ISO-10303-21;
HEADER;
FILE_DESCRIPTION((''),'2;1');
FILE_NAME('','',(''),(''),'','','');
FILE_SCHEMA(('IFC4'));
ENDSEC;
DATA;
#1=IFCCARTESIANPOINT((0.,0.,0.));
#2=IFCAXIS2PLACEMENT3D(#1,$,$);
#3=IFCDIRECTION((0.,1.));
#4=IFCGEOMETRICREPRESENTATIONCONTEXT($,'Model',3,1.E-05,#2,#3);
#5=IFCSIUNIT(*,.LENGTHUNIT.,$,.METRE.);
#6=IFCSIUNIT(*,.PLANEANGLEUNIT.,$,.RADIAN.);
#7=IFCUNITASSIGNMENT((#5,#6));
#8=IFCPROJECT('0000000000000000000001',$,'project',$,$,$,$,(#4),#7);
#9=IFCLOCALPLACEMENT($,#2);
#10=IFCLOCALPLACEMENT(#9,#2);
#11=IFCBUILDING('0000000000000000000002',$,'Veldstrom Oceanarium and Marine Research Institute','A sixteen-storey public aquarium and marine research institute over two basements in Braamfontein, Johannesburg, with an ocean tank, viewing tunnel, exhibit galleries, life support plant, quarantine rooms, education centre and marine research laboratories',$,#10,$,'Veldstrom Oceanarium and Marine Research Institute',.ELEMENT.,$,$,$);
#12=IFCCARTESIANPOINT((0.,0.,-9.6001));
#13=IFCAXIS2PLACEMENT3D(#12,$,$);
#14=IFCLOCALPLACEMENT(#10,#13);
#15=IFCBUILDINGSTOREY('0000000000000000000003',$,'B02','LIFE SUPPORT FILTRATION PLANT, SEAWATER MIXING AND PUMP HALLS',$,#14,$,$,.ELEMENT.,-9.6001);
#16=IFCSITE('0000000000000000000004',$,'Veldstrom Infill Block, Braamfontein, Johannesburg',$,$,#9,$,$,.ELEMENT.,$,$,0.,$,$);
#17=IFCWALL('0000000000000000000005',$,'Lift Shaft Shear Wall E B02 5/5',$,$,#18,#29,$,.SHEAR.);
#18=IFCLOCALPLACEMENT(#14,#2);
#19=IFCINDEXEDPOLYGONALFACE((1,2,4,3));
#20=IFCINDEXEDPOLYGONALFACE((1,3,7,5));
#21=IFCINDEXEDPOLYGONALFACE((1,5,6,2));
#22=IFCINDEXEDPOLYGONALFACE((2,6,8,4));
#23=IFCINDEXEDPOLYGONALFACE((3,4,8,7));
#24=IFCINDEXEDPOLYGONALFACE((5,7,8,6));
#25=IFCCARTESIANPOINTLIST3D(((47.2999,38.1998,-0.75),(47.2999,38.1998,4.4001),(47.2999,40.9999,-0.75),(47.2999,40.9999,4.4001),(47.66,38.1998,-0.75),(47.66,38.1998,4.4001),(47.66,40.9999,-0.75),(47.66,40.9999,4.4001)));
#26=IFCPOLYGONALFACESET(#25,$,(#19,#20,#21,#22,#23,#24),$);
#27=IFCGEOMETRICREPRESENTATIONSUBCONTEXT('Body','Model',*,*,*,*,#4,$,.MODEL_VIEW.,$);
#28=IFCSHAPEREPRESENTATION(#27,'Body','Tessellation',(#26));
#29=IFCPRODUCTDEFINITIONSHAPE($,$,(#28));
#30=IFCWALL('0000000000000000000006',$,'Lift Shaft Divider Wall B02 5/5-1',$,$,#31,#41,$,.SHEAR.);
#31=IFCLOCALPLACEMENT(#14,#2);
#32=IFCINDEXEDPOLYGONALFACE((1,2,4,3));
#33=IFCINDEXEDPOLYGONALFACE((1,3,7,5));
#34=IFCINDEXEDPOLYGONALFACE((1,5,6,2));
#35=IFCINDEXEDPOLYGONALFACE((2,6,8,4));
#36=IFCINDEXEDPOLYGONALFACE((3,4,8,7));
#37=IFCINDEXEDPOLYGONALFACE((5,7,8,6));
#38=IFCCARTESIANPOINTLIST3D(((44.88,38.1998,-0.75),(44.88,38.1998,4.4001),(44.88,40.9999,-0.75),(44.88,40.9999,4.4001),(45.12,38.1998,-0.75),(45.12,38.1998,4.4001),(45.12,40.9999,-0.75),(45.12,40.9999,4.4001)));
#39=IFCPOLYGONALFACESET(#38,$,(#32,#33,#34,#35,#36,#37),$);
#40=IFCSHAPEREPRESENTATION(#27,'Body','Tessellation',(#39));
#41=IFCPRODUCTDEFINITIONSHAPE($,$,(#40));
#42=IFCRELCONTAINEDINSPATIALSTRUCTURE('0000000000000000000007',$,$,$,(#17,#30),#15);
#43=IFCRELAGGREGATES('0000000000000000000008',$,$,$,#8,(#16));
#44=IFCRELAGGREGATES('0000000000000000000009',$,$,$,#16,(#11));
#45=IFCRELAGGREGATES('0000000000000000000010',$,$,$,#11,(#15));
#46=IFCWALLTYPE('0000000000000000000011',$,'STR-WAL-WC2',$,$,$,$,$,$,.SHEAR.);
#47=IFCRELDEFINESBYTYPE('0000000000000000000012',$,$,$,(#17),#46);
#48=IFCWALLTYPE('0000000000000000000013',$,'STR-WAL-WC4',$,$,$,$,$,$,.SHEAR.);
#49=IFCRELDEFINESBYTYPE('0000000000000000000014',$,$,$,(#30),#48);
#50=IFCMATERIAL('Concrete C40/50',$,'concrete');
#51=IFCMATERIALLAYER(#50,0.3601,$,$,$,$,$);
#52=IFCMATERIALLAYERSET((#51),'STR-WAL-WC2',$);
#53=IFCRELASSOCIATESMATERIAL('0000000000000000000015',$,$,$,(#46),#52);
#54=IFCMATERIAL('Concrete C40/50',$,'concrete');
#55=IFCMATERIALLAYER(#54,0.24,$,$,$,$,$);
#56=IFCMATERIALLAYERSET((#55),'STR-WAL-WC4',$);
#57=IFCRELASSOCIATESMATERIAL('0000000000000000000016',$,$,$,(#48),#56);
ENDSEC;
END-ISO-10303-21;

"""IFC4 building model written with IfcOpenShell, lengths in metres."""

from ifc_helpers import new_model, si_unit, direction, frame, frame_2d, origin, place, context, subcontext, project, spatial, rectangle, extrude, material, layer, layer_set, type_object, element, save


model = new_model("IFC4")

# Units and contexts
model_context = context("Model", 3, precision=1e-05, world=origin(), true_north=direction((0.0, 1.0)))
body_context = subcontext(model_context, "Body", "Model", "MODEL_VIEW")
ifc_project = project(units=[si_unit("LENGTHUNIT", "METRE"), si_unit("PLANEANGLEUNIT", "RADIAN")], contexts=[model_context])

# Site, building, storey
site_placement = place(None, origin())
site = spatial("IfcSite", under=ifc_project, at=site_placement, Name="Veldstrom Infill Block, Braamfontein, Johannesburg", CompositionType="ELEMENT", RefElevation=0.0)
building_placement = place(site_placement, origin())
building = spatial("IfcBuilding", under=site, at=building_placement, Name="Veldstrom Oceanarium and Marine Research Institute", Description="A sixteen-storey public aquarium and marine research institute over two basements in Braamfontein, Johannesburg, with an ocean tank, viewing tunnel, exhibit galleries, life support plant, quarantine rooms, education centre and marine research laboratories", LongName="Veldstrom Oceanarium and Marine Research Institute", CompositionType="ELEMENT")
storey_placement = place(building_placement, frame((0.0, 0.0, -9.6001)))
storey = spatial("IfcBuildingStorey", under=building, at=storey_placement, Name="B02", Description="LIFE SUPPORT FILTRATION PLANT, SEAWATER MIXING AND PUMP HALLS", CompositionType="ELEMENT", Elevation=-9.6001)

# Shared definitions
ifc_material_1 = material(Name="Concrete C40/50", Category="concrete")
ifc_layer_1 = layer(ifc_material_1, 0.3601)
ifc_layer_set_1 = layer_set([ifc_layer_1], Name="STR-WAL-WC2")
wall_type_1 = type_object("IfcWallType", Name="STR-WAL-WC2", PredefinedType="SHEAR", material=ifc_layer_set_1)

# Walls
for number, where, z_axis, x_axis, name in (
    (1, (47.48, 38.2, -0.75), (0.0, 0.0, 1.0), (0.0, 1.0, 0.0), "Lift Shaft Shear Wall E B02 5/5"),
):
    element("IfcWall", number, at=place(storey_placement, frame(where, z_axis=z_axis, x_axis=x_axis)), inside=storey, type_object=wall_type_1, Name=name, PredefinedType="SHEAR", context=body_context, shape_type="SweptSolid", body=[
        extrude(rectangle(XDim=2.8, YDim=0.3601, at=frame_2d((1.3999, 0.0))), origin(), (0.0, 0.0, 1.0), 5.1501),
    ])
ifc_material_2 = material(Name="Concrete C40/50", Category="concrete")
ifc_layer_2 = layer(ifc_material_2, 0.24)
ifc_layer_set_2 = layer_set([ifc_layer_2], Name="STR-WAL-WC4")
wall_type_2 = type_object("IfcWallType", Name="STR-WAL-WC4", PredefinedType="SHEAR", material=ifc_layer_set_2)
wall_1_placement = place(storey_placement, frame((45.0, 38.2, -0.75), z_axis=(0.0, 0.0, 1.0), x_axis=(0.0, 1.0, 0.0)))
element("IfcWall", 2, at=wall_1_placement, inside=storey, type_object=wall_type_2, Name="Lift Shaft Divider Wall B02 5/5-1", PredefinedType="SHEAR", context=body_context, shape_type="SweptSolid", body=[
    extrude(rectangle(XDim=2.8, YDim=0.24, at=frame_2d((1.3999, 0.0))), origin(), (0.0, 0.0, 1.0), 5.1501),
])

save(model, "model.ifc")
